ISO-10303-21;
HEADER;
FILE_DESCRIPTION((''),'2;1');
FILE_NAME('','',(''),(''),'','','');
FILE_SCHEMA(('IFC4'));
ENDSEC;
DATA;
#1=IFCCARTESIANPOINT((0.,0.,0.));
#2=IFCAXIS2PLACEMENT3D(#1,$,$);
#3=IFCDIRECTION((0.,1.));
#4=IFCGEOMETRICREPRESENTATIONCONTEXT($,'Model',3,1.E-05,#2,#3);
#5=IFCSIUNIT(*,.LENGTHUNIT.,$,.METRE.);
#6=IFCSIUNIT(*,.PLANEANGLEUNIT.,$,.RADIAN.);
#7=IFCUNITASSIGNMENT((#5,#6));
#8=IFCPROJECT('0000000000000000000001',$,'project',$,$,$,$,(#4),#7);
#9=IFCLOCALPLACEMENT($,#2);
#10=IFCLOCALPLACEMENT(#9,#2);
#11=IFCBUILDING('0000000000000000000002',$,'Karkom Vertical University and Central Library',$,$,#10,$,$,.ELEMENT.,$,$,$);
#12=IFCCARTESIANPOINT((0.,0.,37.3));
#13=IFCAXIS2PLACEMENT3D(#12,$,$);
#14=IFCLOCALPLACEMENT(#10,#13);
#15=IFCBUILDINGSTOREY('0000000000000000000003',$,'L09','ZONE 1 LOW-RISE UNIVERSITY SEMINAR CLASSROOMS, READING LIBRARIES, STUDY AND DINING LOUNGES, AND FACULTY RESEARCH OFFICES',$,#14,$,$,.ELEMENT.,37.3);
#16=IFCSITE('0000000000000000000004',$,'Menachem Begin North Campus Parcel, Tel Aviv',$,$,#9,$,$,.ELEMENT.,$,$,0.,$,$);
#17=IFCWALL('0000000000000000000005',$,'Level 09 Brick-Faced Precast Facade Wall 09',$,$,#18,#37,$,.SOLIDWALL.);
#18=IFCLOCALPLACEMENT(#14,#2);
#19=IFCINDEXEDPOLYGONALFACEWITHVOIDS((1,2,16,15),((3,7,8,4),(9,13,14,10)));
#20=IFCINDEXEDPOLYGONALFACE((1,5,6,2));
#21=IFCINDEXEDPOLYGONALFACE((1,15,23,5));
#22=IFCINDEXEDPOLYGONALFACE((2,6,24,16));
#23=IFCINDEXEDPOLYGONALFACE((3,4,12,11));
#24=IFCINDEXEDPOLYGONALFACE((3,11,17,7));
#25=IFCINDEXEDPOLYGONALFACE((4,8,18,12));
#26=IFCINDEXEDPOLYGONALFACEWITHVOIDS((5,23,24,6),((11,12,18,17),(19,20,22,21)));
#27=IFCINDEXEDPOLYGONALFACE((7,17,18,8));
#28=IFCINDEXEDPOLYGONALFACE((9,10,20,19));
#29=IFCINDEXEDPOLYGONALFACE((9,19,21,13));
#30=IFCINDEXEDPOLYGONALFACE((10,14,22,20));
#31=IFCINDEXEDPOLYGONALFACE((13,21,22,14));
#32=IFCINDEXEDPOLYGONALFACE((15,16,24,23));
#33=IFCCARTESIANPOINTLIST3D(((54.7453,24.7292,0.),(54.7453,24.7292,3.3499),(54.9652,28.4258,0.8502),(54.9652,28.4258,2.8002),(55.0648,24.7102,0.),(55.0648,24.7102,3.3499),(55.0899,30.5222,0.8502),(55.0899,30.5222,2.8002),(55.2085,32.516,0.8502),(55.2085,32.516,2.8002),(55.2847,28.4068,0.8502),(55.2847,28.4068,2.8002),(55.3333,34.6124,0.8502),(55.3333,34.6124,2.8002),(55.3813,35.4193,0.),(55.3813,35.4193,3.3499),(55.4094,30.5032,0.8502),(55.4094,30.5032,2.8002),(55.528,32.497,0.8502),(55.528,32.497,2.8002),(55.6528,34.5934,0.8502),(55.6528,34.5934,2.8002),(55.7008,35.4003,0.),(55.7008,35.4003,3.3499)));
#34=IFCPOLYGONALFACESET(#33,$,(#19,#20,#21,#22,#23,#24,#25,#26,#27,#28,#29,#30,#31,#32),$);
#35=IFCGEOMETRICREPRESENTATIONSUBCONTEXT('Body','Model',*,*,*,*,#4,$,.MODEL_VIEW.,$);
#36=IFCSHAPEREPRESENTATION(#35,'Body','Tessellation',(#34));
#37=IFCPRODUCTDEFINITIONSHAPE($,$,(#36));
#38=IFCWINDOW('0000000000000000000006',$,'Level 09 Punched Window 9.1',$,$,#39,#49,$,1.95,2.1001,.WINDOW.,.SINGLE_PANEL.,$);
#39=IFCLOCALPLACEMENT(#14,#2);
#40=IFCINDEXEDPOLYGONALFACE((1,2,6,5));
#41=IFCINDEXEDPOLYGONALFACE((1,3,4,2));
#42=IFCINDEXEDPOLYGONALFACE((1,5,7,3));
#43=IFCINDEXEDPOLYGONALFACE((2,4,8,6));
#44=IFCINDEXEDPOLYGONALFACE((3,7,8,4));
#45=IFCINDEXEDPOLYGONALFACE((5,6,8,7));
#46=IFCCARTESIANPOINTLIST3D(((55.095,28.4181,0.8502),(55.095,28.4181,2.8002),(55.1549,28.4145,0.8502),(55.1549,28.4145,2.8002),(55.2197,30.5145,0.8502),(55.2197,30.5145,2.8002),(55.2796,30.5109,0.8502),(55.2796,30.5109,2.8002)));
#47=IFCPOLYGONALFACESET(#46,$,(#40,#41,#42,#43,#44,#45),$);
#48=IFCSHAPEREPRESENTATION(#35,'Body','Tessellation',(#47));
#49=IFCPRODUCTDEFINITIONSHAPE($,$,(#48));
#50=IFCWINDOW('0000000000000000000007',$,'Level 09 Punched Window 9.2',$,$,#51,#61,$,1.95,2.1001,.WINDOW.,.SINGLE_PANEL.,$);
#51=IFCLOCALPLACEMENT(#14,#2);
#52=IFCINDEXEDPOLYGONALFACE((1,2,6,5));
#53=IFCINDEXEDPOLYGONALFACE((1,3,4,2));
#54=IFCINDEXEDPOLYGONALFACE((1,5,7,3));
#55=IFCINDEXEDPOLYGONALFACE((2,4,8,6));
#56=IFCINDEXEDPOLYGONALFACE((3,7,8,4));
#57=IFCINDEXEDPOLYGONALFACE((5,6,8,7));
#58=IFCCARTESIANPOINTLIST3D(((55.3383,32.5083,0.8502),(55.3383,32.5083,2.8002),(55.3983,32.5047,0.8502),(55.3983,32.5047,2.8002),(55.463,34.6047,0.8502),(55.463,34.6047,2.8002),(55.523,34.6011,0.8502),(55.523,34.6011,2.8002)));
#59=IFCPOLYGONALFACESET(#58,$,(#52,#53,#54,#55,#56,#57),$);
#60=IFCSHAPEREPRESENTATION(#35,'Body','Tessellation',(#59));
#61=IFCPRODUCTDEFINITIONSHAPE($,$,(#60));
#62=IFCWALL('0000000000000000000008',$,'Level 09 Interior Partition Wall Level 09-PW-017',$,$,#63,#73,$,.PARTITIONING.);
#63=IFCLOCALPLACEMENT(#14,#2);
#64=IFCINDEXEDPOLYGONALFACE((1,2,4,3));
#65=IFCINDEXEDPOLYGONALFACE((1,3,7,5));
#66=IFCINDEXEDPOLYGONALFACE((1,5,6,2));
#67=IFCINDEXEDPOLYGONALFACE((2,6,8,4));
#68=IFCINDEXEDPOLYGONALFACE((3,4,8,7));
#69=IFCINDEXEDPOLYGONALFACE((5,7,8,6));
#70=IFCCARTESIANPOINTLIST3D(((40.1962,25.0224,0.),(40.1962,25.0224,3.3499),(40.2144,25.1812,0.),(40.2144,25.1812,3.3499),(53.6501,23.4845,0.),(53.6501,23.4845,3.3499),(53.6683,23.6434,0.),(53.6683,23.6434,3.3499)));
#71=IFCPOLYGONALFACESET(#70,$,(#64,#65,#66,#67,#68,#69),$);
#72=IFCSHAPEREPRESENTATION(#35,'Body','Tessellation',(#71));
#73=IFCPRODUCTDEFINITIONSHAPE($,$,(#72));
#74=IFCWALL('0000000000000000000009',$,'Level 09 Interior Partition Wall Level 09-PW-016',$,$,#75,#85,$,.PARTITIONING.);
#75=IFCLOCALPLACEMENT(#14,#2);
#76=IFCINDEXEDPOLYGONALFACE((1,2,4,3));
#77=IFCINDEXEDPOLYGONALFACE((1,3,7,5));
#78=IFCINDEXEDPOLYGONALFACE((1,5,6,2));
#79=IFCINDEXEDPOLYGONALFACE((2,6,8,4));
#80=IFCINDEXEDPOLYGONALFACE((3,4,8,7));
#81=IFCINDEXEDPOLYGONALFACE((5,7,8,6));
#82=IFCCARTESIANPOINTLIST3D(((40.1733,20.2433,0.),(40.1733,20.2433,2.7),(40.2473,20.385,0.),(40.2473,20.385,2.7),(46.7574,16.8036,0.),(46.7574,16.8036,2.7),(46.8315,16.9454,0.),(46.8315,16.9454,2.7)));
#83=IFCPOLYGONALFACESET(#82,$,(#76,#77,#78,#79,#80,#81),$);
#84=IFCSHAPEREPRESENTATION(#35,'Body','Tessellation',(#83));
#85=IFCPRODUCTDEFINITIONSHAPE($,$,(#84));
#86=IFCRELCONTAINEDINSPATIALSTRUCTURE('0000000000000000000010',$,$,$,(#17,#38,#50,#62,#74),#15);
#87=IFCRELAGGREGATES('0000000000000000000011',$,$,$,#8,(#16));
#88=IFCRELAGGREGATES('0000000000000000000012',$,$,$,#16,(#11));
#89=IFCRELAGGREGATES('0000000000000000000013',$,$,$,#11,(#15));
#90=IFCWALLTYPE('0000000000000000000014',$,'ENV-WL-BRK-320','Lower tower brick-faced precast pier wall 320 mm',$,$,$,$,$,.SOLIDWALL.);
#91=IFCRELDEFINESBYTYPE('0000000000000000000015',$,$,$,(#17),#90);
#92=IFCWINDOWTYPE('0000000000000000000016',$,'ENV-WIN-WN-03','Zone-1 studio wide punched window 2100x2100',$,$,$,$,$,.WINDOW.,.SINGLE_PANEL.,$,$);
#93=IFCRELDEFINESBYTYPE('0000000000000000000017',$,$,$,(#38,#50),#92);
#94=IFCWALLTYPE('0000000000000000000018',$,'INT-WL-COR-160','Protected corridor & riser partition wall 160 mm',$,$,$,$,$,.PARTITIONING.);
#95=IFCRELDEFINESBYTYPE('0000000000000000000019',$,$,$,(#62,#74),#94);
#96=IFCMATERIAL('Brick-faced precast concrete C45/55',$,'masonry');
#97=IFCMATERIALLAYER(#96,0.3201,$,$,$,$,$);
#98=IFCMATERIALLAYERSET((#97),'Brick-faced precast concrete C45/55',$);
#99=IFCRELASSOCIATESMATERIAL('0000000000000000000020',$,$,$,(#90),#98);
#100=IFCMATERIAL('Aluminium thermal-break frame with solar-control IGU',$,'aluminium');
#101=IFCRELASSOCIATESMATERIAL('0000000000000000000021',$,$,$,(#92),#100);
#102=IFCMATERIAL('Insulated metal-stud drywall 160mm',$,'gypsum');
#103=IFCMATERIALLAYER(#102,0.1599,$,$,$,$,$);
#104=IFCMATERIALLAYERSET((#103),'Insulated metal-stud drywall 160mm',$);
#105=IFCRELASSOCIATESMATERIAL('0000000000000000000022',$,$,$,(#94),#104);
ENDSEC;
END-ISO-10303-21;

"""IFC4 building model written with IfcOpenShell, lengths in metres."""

from ifc_helpers import new_model, si_unit, direction, frame, frame_2d, origin, origin_with_axes, place, context, subcontext, project, spatial, rectangle, extrude, source, transform, mapped, material, layer, layer_set, type_object, element, fill, save


model = new_model("IFC4")

# Units and contexts
model_context = context("Model", 3, precision=1e-05, world=origin(), true_north=direction((0.0, 1.0)))
body_context = subcontext(model_context, "Body", "Model", "MODEL_VIEW")
ifc_project = project(units=[si_unit("LENGTHUNIT", "METRE"), si_unit("PLANEANGLEUNIT", "RADIAN")], contexts=[model_context])

# Site, building, storey
site_placement = place(None, origin())
site = spatial("IfcSite", under=ifc_project, at=site_placement, Name="Menachem Begin North Campus Parcel, Tel Aviv", CompositionType="ELEMENT", RefElevation=0.0)
building_placement = place(site_placement, origin())
building = spatial("IfcBuilding", under=site, at=building_placement, Name="Karkom Vertical University and Central Library", CompositionType="ELEMENT")
storey_placement = place(building_placement, frame((0.0, 0.0, 37.3)))
storey = spatial("IfcBuildingStorey", under=building, at=storey_placement, Name="L09", Description="ZONE 1 LOW-RISE UNIVERSITY SEMINAR CLASSROOMS, READING LIBRARIES, STUDY AND DINING LOUNGES, AND FACULTY RESEARCH OFFICES", CompositionType="ELEMENT", Elevation=37.3)

# Wall, openings, windows
ifc_material_1 = material(Name="Brick-faced precast concrete C45/55", Category="masonry")
ifc_layer_1 = layer(ifc_material_1, 0.3201)
ifc_layer_set_1 = layer_set([ifc_layer_1], Name="Brick-faced precast concrete C45/55")
wall_type_1 = type_object("IfcWallType", Name="ENV-WL-BRK-320", Description="Lower tower brick-faced precast pier wall 320 mm", PredefinedType="SOLIDWALL", material=ifc_layer_set_1)
ifc_material_2 = material(Name="Aluminium thermal-break frame with solar-control IGU", Category="aluminium")
window_type = type_object("IfcWindowType", Name="ENV-WIN-WN-03", Description="Zone-1 studio wide punched window 2100x2100", PartitioningType="SINGLE_PANEL", PredefinedType="WINDOW", material=ifc_material_2)
shared_shape_1 = source(origin_with_axes(), body_context, "Body", "SweptSolid", [
    extrude(rectangle(XDim=2.1001, YDim=1.95, at=frame_2d((1.05, 0.9751))), frame((0.0, 0.03, 0.0), z_axis=(0.0, -1.0, 0.0), x_axis=(1.0, 0.0, 0.0)), (0.0, 0.0, 1.0), 0.0601),
])
wall_1_placement = place(storey_placement, frame((54.905, 24.7197, 0.0), z_axis=(0.0, 0.0, 1.0), x_axis=(0.059388, 0.998235, 0.0)))
wall_1 = element("IfcWall", 1, at=wall_1_placement, inside=storey, type_object=wall_type_1, Name="Level 09 Brick-Faced Precast Facade Wall 09", PredefinedType="SOLIDWALL", context=body_context, shape_type="SweptSolid", body=[
    extrude(rectangle(XDim=10.709, YDim=0.3201, at=frame_2d((5.3545, 0.0))), origin(), (0.0, 0.0, 1.0), 3.3499),
])
opening_1_placement = place(wall_1_placement, frame((3.7031, 0.0, 0.8501)))
opening_1 = element("IfcOpeningElement", 2, at=opening_1_placement, cuts=wall_1, PredefinedType="OPENING", context=body_context, shape_type="SweptSolid", body=[
    extrude(rectangle(XDim=2.1001, YDim=1.95, at=frame_2d((1.05, 0.9751))), frame((0.0, 0.1699, 0.0), z_axis=(0.0, -1.0, 0.0), x_axis=(1.0, 0.0, 0.0)), (0.0, 0.0, 1.0), 0.3401),
])
opening_2_placement = place(wall_1_placement, frame((7.8005, 0.0, 0.8501)))
opening_2 = element("IfcOpeningElement", 3, at=opening_2_placement, cuts=wall_1, PredefinedType="OPENING", context=body_context, shape_type="SweptSolid", body=[
    extrude(rectangle(XDim=2.1001, YDim=1.95, at=frame_2d((1.05, 0.9751))), frame((0.0, 0.1699, 0.0), z_axis=(0.0, -1.0, 0.0), x_axis=(1.0, 0.0, 0.0)), (0.0, 0.0, 1.0), 0.3401),
])
window_1_placement = place(opening_1_placement, origin())
window_1 = element("IfcWindow", 4, at=window_1_placement, inside=storey, type_object=window_type, Name="Level 09 Punched Window 9.1", OverallHeight=1.95, OverallWidth=2.1001, PartitioningType="SINGLE_PANEL", PredefinedType="WINDOW", context=body_context, shape_type="MappedRepresentation", body=[
    mapped(shared_shape_1, transform((0.0, 0.0, 0.0), scale=1.0)),
])
fill(opening_1, window_1)
window_2_placement = place(opening_2_placement, origin())
window_2 = element("IfcWindow", 5, at=window_2_placement, inside=storey, type_object=window_type, Name="Level 09 Punched Window 9.2", OverallHeight=1.95, OverallWidth=2.1001, PartitioningType="SINGLE_PANEL", PredefinedType="WINDOW", context=body_context, shape_type="MappedRepresentation", body=[
    mapped(shared_shape_1, transform((0.0, 0.0, 0.0), scale=1.0)),
])
fill(opening_2, window_2)

# Shared definitions
ifc_material_3 = material(Name="Insulated metal-stud drywall 160mm", Category="gypsum")
ifc_layer_2 = layer(ifc_material_3, 0.1599)
ifc_layer_set_2 = layer_set([ifc_layer_2], Name="Insulated metal-stud drywall 160mm")
wall_type_2 = type_object("IfcWallType", Name="INT-WL-COR-160", Description="Protected corridor & riser partition wall 160 mm", PredefinedType="PARTITIONING", material=ifc_layer_set_2)

# Walls
wall_2_placement = place(storey_placement, frame((40.2053, 25.1018, 0.0), z_axis=(0.0, 0.0, 1.0), x_axis=(0.993531, -0.113565, 0.0)))
element("IfcWall", 6, at=wall_2_placement, inside=storey, type_object=wall_type_2, Name="Level 09 Interior Partition Wall Level 09-PW-017", PredefinedType="PARTITIONING", context=body_context, shape_type="SweptSolid", body=[
    extrude(rectangle(XDim=13.5415, YDim=0.1599, at=frame_2d((6.7708, 0.0))), origin(), (0.0, 0.0, 1.0), 3.3499),
])
wall_3_placement = place(storey_placement, frame((40.2102, 20.3142, 0.0), z_axis=(0.0, 0.0, 1.0), x_axis=(0.886339, -0.463037, 0.0)))
element("IfcWall", 7, at=wall_3_placement, inside=storey, type_object=wall_type_2, Name="Level 09 Interior Partition Wall Level 09-PW-016", PredefinedType="PARTITIONING", context=body_context, shape_type="SweptSolid", body=[
    extrude(rectangle(XDim=7.4285, YDim=0.1599, at=frame_2d((3.7144, 0.0))), origin(), (0.0, 0.0, 1.0), 2.7),
])

save(model, "model.ifc")
